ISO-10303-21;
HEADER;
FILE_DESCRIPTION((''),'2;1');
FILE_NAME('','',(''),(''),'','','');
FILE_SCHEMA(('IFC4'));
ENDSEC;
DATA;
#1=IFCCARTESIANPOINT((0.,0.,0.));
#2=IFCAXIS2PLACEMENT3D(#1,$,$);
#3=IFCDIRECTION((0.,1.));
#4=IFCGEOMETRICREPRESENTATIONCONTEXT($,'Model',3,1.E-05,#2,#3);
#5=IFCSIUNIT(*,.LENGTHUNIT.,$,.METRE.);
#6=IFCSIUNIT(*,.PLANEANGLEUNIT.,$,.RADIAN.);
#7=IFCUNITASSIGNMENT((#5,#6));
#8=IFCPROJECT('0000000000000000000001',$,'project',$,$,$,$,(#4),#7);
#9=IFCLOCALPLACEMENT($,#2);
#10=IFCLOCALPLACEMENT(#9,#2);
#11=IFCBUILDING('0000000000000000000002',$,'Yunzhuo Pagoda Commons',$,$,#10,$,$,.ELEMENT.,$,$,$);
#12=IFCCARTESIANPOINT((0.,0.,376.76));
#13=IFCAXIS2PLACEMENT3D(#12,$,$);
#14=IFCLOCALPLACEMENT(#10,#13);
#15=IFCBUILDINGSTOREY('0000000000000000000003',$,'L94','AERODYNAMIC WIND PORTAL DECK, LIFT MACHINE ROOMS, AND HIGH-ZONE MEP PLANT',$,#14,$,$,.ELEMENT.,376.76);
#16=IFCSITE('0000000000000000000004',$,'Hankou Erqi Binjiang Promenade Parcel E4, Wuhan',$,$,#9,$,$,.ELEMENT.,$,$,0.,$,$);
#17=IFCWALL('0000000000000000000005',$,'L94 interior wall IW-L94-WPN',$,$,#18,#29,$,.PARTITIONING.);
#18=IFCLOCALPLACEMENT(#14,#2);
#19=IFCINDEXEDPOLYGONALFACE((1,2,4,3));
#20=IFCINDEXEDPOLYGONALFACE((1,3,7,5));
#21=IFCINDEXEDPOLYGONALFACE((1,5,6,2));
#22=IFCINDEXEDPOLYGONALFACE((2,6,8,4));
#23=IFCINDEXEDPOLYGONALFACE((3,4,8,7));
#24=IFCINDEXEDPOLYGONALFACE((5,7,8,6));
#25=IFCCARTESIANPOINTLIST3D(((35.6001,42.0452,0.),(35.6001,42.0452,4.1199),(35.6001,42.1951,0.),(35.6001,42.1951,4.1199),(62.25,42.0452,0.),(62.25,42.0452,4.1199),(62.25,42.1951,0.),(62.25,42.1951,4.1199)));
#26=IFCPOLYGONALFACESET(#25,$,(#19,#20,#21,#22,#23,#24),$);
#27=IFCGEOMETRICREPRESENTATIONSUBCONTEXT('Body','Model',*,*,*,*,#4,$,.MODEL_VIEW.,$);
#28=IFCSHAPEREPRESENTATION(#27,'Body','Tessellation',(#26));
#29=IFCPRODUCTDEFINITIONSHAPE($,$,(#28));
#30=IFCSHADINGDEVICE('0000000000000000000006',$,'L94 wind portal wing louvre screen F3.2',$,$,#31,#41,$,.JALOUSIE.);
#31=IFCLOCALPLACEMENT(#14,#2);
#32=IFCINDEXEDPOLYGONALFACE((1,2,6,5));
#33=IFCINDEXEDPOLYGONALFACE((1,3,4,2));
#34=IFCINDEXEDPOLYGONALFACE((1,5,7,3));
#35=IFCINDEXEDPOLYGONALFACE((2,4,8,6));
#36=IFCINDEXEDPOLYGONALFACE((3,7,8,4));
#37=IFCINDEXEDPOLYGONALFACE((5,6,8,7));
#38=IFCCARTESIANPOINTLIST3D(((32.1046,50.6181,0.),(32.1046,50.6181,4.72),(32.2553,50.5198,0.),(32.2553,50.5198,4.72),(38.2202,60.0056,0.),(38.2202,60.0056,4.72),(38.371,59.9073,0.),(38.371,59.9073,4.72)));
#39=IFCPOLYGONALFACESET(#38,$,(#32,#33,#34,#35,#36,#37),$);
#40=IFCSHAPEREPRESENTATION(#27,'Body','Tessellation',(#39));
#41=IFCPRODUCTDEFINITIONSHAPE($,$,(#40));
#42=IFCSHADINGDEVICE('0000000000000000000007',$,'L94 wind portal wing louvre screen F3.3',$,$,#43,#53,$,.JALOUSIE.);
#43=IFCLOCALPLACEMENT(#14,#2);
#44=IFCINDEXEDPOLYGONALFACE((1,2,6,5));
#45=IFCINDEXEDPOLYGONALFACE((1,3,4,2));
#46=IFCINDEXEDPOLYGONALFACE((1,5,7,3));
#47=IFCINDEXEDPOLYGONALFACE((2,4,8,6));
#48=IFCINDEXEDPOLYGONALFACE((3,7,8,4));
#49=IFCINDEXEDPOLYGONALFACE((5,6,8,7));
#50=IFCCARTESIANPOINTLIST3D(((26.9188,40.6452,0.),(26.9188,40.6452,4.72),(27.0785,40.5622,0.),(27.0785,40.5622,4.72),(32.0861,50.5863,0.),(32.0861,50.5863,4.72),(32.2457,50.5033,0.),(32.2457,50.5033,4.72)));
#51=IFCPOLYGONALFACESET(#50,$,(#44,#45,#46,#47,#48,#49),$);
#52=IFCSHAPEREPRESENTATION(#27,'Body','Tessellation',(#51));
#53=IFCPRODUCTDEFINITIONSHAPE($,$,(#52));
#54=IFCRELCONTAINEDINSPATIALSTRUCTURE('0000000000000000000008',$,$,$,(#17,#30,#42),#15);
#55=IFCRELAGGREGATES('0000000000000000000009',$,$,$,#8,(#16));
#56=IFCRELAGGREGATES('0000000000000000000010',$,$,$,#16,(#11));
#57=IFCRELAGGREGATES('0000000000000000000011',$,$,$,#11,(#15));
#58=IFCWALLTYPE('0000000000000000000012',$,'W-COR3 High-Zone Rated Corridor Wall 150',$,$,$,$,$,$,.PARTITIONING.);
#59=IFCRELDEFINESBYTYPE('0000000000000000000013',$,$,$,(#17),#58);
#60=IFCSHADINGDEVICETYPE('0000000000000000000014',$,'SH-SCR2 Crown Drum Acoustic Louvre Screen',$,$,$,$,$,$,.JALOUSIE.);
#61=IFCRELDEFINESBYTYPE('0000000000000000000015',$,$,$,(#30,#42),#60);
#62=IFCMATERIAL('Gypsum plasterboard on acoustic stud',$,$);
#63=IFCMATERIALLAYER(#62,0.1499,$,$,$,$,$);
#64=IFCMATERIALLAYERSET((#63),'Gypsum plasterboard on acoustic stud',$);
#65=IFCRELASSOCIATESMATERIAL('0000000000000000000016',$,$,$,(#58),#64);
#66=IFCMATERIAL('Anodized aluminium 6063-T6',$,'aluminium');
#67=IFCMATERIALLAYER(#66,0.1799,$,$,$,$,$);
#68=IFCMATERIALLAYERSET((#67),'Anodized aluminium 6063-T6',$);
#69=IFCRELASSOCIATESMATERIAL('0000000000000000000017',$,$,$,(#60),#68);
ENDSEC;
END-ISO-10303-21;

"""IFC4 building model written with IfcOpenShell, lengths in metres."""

from ifc_helpers import new_model, si_unit, direction, frame, frame_2d, origin, origin_2d, place, context, subcontext, project, spatial, rectangle, extrude, source, transform, mapped, material, layer, layer_set, type_object, element, save


model = new_model("IFC4")

# Units and contexts
model_context = context("Model", 3, precision=1e-05, world=origin(), true_north=direction((0.0, 1.0)))
body_context = subcontext(model_context, "Body", "Model", "MODEL_VIEW")
ifc_project = project(units=[si_unit("LENGTHUNIT", "METRE"), si_unit("PLANEANGLEUNIT", "RADIAN")], contexts=[model_context])

# Site, building, storey
site_placement = place(None, origin())
site = spatial("IfcSite", under=ifc_project, at=site_placement, Name="Hankou Erqi Binjiang Promenade Parcel E4, Wuhan", CompositionType="ELEMENT", RefElevation=0.0)
building_placement = place(site_placement, origin())
building = spatial("IfcBuilding", under=site, at=building_placement, Name="Yunzhuo Pagoda Commons", CompositionType="ELEMENT")
storey_placement = place(building_placement, frame((0.0, 0.0, 376.76)))
storey = spatial("IfcBuildingStorey", under=building, at=storey_placement, Name="L94", Description="AERODYNAMIC WIND PORTAL DECK, LIFT MACHINE ROOMS, AND HIGH-ZONE MEP PLANT", CompositionType="ELEMENT", Elevation=376.76)

# Wall
ifc_material_1 = material(Name="Gypsum plasterboard on acoustic stud")
ifc_layer_1 = layer(ifc_material_1, 0.1499)
ifc_layer_set_1 = layer_set([ifc_layer_1], Name="Gypsum plasterboard on acoustic stud")
wall_type = type_object("IfcWallType", Name="W-COR3 High-Zone Rated Corridor Wall 150", PredefinedType="PARTITIONING", material=ifc_layer_set_1)
wall_placement = place(storey_placement, frame((35.6001, 42.1201, 0.0), z_axis=(0.0, 0.0, 1.0), x_axis=(1.0, 0.0, 0.0)))
element("IfcWall", 1, at=wall_placement, inside=storey, type_object=wall_type, Name="L94 interior wall IW-L94-WPN", PredefinedType="PARTITIONING", context=body_context, shape_type="SweptSolid", body=[
    extrude(rectangle(XDim=26.6499, YDim=0.1499, at=frame_2d((13.325, 0.0))), origin(), (0.0, 0.0, 1.0), 4.1199),
])

# Shading devices
ifc_material_2 = material(Name="Anodized aluminium 6063-T6", Category="aluminium")
ifc_layer_2 = layer(ifc_material_2, 0.1799)
ifc_layer_set_2 = layer_set([ifc_layer_2], Name="Anodized aluminium 6063-T6")
shading_device_type = type_object("IfcShadingDeviceType", Name="SH-SCR2 Crown Drum Acoustic Louvre Screen", PredefinedType="JALOUSIE", material=ifc_layer_set_2)
shared_shape_1 = source(origin(), body_context, "Body", "SweptSolid", [
    extrude(rectangle(XDim=11.2039, YDim=0.1799, at=origin_2d()), origin(), (0.0, 0.0, 1.0), 4.72),
])
for number, where, z_axis, x_axis, name in (
    (2, (35.2378, 55.2627, 0.0), (0.0, 0.0, 1.0), (-0.545853, -0.837881, 0.0), "L94 wind portal wing louvre screen F3.2"),
    (3, (29.5823, 45.5742, 0.0), (0.0, 0.0, 1.0), (-0.461207, -0.887293, 0.0), "L94 wind portal wing louvre screen F3.3"),
):
    element("IfcShadingDevice", number, at=place(storey_placement, frame(where, z_axis=z_axis, x_axis=x_axis)), inside=storey, type_object=shading_device_type, Name=name, PredefinedType="JALOUSIE", context=body_context, shape_type="MappedRepresentation", body=[
        mapped(shared_shape_1, transform((0.0, 0.0, 0.0), scale=1.0)),
    ])

save(model, "model.ifc")
